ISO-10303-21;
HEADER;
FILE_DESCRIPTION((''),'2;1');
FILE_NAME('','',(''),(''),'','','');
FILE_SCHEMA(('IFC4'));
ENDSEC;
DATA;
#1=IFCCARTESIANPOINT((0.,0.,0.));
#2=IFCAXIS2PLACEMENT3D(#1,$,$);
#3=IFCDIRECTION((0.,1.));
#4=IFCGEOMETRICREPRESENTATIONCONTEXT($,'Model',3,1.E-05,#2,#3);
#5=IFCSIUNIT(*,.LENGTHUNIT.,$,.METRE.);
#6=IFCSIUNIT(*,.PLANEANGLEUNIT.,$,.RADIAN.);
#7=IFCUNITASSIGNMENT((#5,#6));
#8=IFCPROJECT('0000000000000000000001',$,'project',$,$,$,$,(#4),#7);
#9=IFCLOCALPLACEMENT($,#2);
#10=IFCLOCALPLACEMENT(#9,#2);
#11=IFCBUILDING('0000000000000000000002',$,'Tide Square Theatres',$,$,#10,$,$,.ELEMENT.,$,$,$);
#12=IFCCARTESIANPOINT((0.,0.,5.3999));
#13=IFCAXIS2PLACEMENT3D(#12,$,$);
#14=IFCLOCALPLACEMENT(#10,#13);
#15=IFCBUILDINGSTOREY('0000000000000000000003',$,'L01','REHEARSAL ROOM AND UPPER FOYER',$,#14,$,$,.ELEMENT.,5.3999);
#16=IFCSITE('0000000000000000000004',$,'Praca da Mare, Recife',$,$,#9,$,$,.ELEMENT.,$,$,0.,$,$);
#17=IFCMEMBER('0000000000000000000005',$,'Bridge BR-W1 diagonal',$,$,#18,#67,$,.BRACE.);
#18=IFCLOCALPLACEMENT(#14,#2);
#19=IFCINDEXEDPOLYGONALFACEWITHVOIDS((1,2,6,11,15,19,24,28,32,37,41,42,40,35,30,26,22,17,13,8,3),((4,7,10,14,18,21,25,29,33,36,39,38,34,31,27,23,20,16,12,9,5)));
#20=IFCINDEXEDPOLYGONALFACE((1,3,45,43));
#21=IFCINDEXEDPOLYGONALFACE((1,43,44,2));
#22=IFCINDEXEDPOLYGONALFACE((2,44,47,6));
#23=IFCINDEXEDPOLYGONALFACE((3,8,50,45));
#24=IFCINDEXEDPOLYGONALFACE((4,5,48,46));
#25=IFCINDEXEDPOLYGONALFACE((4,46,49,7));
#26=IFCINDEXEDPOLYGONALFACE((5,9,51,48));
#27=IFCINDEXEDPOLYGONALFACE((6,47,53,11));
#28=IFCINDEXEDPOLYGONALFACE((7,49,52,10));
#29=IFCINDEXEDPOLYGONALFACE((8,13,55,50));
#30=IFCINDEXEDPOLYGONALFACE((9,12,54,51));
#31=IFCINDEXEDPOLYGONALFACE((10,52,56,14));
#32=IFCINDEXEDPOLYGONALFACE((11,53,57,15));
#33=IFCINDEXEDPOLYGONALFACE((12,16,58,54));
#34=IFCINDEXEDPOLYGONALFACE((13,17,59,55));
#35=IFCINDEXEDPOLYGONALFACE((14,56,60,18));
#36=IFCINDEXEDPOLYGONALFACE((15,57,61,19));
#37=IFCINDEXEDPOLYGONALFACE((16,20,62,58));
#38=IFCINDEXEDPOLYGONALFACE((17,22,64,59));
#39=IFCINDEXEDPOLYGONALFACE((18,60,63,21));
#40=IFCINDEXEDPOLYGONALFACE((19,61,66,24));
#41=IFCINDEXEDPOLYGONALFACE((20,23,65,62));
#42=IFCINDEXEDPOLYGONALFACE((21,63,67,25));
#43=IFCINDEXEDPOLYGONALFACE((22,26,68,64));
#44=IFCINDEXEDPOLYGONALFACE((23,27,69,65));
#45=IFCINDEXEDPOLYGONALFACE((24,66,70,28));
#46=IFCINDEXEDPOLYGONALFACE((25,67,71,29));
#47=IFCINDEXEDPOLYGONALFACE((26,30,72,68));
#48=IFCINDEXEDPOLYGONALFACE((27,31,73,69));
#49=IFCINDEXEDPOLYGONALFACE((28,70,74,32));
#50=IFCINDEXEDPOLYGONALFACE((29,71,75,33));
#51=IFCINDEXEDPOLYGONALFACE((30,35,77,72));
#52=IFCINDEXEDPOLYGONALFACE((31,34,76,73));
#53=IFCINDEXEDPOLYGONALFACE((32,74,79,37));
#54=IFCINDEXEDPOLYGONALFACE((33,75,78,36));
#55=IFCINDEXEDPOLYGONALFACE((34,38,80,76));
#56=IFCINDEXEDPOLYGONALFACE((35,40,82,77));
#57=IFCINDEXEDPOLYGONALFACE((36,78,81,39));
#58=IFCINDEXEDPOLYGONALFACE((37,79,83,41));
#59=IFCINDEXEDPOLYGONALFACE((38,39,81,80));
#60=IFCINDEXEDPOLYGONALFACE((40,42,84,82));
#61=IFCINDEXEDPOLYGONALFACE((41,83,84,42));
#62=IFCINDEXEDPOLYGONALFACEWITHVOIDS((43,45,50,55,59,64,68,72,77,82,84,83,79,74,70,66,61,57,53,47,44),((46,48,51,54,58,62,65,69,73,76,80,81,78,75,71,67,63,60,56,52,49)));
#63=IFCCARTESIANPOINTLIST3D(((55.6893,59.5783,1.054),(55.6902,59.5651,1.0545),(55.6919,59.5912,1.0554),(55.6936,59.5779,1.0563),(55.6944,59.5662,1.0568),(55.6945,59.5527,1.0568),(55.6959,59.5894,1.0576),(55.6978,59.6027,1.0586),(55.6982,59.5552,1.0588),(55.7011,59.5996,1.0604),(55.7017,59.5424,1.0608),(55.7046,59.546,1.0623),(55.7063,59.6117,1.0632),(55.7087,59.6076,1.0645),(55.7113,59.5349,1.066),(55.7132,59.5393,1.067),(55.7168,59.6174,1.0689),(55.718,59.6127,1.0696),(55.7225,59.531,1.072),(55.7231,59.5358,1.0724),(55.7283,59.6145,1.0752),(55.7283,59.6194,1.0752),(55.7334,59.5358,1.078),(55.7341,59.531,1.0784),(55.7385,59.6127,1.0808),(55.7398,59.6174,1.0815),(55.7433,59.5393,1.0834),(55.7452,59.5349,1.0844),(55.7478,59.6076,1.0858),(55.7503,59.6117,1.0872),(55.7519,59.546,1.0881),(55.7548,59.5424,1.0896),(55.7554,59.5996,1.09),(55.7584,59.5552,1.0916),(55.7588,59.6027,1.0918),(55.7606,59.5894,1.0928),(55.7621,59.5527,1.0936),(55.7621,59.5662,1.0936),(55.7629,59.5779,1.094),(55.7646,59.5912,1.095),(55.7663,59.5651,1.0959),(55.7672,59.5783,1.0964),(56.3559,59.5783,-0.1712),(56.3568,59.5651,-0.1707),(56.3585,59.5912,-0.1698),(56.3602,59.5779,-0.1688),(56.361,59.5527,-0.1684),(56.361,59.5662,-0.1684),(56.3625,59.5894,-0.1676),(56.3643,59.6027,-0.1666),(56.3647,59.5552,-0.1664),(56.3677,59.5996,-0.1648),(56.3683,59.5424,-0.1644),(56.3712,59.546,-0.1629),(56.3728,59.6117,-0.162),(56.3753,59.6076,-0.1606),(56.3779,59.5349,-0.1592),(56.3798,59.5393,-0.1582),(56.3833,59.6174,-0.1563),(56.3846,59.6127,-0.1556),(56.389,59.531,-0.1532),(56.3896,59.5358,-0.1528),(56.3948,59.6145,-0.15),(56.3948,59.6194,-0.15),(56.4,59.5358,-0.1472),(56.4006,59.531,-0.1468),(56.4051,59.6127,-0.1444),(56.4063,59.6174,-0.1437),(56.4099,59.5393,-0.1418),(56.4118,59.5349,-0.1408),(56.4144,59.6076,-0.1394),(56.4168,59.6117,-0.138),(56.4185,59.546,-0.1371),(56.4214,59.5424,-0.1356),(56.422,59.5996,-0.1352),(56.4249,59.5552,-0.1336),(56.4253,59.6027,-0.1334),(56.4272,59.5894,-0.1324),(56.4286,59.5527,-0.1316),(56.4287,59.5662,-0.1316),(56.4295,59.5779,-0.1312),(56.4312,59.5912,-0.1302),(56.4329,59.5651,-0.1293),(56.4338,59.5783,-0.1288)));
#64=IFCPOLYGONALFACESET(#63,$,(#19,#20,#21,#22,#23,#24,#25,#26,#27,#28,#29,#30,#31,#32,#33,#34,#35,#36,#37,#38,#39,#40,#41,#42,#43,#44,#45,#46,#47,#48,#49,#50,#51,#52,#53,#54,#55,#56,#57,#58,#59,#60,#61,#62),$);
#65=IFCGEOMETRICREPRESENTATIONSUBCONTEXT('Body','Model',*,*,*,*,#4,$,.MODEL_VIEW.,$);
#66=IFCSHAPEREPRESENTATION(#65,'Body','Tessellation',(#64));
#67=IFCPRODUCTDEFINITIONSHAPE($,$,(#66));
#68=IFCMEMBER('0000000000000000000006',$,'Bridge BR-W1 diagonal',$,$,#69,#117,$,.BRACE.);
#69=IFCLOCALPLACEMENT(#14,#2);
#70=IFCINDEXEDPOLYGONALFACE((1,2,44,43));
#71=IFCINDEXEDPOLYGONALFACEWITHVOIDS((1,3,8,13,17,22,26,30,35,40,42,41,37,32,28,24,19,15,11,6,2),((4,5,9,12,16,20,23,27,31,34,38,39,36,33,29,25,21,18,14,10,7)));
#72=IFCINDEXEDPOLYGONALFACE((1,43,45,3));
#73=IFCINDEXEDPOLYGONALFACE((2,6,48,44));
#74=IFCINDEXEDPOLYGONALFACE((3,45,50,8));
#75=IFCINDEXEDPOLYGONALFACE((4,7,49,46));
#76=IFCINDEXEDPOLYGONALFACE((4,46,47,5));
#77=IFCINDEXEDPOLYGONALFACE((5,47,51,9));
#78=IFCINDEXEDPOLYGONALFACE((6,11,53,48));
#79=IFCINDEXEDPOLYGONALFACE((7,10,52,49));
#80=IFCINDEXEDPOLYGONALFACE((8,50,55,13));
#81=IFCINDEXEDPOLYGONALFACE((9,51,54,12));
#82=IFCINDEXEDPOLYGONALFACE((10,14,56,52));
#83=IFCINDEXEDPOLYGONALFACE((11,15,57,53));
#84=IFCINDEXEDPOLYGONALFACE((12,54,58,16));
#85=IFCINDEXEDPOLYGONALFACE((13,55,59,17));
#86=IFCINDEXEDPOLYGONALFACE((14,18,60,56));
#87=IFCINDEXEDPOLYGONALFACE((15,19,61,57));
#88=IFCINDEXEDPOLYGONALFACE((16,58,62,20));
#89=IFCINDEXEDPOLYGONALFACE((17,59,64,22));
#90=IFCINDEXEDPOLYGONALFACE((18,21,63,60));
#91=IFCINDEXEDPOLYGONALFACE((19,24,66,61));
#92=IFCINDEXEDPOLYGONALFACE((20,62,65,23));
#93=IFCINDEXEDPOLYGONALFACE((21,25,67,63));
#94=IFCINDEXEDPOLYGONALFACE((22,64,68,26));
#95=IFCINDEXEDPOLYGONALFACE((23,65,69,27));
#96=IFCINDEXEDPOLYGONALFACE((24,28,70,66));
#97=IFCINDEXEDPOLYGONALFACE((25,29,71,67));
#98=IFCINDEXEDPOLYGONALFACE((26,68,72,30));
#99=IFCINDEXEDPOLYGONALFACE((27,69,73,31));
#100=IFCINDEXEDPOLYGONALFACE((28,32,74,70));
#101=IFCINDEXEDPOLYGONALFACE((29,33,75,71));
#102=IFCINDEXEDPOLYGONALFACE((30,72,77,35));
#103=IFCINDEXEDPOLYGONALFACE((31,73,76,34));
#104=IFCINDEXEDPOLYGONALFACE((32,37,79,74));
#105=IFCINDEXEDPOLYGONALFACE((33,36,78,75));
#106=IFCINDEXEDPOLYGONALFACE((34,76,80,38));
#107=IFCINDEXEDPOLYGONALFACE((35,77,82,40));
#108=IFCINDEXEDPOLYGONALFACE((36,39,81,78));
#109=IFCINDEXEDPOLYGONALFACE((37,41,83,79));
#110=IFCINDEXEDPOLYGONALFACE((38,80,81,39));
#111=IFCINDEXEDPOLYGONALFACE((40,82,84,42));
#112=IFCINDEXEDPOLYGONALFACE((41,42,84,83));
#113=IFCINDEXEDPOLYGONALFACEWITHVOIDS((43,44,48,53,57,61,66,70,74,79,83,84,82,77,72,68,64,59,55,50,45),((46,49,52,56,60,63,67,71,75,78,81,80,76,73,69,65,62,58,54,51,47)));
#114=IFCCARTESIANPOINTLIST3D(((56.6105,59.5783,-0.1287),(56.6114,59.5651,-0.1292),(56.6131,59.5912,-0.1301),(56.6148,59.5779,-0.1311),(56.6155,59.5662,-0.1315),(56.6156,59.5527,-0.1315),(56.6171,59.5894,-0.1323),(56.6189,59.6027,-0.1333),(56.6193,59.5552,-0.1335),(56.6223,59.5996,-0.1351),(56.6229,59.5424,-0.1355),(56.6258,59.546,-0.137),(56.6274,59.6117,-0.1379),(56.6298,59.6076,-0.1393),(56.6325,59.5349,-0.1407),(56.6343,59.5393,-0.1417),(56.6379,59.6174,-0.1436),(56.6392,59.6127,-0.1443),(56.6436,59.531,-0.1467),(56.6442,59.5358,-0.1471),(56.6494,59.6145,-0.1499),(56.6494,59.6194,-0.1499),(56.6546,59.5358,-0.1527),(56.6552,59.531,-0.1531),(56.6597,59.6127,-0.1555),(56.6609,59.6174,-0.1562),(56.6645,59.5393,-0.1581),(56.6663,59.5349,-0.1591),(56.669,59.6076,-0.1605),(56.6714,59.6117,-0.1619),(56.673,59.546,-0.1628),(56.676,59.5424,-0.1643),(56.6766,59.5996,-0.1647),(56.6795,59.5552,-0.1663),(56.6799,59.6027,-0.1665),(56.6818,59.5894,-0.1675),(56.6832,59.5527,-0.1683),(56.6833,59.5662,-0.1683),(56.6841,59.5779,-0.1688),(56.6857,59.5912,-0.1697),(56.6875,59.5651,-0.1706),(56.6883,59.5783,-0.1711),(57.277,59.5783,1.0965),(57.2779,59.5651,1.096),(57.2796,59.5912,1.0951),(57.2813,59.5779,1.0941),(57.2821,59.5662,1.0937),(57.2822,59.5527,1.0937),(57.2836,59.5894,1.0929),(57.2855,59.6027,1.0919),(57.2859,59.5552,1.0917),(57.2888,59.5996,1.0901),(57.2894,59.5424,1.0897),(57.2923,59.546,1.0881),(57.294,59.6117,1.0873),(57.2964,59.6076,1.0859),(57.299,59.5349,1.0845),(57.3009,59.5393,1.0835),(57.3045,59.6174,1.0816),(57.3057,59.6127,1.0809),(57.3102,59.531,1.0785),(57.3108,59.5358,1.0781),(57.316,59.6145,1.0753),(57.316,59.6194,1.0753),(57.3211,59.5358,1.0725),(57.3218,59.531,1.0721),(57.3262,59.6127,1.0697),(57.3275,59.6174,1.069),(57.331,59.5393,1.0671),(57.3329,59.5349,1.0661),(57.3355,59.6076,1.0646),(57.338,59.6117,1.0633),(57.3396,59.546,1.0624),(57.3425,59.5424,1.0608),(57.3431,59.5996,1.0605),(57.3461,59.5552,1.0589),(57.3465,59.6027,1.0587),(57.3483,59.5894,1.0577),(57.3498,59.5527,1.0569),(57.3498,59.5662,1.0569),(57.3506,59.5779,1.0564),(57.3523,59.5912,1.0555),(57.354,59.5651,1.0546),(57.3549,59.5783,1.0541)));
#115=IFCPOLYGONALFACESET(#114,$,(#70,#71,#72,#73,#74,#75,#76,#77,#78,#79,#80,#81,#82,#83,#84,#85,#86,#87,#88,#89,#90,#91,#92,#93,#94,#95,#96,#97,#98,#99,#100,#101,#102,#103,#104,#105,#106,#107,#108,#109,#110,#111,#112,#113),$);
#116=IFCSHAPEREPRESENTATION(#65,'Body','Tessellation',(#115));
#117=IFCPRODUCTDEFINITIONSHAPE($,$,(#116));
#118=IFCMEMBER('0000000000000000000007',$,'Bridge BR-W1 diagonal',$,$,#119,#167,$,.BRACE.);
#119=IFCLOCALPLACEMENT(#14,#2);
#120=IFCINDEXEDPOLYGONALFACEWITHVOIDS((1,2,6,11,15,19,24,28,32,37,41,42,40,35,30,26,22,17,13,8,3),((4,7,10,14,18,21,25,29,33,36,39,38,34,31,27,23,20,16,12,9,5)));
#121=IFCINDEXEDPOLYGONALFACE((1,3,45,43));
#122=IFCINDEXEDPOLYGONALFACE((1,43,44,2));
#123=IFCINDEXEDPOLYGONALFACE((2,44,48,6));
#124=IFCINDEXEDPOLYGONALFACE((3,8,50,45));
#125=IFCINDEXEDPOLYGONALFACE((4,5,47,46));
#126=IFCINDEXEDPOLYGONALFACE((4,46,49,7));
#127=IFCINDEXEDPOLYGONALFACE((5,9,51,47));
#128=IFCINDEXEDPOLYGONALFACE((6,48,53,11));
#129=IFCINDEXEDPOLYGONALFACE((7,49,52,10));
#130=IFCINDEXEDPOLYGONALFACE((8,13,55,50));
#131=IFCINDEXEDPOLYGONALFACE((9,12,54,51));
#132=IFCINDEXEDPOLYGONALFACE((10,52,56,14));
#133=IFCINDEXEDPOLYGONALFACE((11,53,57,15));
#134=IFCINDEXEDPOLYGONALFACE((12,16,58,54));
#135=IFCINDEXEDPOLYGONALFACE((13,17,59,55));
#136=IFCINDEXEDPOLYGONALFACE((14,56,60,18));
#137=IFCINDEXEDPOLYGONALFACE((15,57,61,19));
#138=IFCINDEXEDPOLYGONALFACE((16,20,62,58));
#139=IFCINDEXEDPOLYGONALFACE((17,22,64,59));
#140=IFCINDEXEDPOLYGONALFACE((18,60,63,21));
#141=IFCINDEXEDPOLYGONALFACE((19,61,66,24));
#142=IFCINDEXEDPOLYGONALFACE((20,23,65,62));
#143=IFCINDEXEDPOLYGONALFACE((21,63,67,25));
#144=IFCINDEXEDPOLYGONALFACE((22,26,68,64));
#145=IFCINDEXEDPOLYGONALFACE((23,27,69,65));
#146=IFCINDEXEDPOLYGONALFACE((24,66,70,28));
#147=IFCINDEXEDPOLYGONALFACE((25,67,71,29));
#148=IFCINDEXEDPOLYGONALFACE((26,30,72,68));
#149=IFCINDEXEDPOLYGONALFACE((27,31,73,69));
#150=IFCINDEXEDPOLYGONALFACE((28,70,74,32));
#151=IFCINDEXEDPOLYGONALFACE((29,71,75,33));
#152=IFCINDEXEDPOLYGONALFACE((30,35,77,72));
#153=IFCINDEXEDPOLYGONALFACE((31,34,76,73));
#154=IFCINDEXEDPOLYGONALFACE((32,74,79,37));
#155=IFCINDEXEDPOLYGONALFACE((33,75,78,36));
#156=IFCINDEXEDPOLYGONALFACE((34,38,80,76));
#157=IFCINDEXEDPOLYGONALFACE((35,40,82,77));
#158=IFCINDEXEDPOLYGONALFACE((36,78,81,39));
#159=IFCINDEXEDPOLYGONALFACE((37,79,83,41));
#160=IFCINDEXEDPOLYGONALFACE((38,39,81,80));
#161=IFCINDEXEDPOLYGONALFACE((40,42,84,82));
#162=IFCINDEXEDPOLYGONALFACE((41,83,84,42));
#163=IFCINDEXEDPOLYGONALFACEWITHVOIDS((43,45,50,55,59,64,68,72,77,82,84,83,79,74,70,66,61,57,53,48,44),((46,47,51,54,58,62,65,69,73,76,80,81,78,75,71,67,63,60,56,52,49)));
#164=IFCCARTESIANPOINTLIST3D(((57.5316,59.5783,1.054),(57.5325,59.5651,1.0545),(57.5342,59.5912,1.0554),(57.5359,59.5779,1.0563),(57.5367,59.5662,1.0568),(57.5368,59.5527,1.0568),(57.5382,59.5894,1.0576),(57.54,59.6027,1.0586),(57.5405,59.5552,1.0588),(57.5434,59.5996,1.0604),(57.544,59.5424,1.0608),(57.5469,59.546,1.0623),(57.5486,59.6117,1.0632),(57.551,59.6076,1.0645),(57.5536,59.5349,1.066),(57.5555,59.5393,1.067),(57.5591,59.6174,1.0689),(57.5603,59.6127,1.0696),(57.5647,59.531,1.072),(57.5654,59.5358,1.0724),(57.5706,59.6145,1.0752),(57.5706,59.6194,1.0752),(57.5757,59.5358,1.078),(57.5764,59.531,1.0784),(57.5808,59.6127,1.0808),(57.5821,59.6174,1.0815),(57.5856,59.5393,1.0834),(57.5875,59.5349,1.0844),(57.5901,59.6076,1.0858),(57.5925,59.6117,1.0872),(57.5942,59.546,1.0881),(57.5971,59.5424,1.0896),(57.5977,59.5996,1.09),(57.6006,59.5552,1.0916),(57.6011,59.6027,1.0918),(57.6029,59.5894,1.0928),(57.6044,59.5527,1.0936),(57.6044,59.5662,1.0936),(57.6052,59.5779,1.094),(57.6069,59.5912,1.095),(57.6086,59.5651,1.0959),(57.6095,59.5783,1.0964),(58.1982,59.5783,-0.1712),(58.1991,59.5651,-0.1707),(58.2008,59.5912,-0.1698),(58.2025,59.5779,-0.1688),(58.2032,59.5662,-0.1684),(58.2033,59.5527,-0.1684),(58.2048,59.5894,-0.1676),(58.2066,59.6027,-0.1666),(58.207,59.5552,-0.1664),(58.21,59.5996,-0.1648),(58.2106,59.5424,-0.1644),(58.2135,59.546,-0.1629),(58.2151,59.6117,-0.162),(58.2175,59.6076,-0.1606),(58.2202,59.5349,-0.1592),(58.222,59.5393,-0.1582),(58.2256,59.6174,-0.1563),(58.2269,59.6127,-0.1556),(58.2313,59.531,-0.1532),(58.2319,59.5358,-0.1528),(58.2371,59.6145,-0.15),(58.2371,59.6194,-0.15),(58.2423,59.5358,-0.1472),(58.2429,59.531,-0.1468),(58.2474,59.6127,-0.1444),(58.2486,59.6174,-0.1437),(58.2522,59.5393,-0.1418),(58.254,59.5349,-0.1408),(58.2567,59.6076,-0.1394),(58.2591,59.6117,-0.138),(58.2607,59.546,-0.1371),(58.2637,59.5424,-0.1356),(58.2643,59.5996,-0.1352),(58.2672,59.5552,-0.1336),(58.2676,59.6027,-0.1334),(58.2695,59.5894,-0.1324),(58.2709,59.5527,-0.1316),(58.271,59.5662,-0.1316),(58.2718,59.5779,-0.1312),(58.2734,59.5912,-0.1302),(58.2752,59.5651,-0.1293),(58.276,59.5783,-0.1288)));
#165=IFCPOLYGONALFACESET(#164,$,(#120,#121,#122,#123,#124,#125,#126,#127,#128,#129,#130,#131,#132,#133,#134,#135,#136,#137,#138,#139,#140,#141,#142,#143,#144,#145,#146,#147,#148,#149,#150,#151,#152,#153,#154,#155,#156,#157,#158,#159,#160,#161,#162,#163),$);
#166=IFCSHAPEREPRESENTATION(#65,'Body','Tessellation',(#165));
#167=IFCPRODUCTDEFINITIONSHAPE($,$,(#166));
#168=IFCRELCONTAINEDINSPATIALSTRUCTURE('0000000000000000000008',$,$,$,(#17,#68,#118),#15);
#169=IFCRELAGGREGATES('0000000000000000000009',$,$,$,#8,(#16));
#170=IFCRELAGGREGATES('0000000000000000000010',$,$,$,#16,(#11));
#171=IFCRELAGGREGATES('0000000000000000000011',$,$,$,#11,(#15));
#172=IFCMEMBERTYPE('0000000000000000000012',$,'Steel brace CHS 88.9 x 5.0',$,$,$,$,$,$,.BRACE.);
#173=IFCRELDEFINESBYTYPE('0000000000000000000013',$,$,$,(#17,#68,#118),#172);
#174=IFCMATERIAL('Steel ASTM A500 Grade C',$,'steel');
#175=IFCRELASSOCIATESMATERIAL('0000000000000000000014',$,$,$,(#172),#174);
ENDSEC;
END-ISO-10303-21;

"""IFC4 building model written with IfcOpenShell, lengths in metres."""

from ifc_helpers import new_model, si_unit, direction, frame, origin, origin_2d, place, context, subcontext, project, spatial, hollow_circle, extrude, material, material_profile, profile_set, type_object, element, save


model = new_model("IFC4")

# Units and contexts
model_context = context("Model", 3, precision=1e-05, world=origin(), true_north=direction((0.0, 1.0)))
body_context = subcontext(model_context, "Body", "Model", "MODEL_VIEW")
ifc_project = project(units=[si_unit("LENGTHUNIT", "METRE"), si_unit("PLANEANGLEUNIT", "RADIAN")], contexts=[model_context])

# Site, building, storey
site_placement = place(None, origin())
site = spatial("IfcSite", under=ifc_project, at=site_placement, Name="Praca da Mare, Recife", CompositionType="ELEMENT", RefElevation=0.0)
building_placement = place(site_placement, origin())
building = spatial("IfcBuilding", under=site, at=building_placement, Name="Tide Square Theatres", CompositionType="ELEMENT")
storey_placement = place(building_placement, frame((0.0, 0.0, 5.3999)))
storey = spatial("IfcBuildingStorey", under=building, at=storey_placement, Name="L01", Description="REHEARSAL ROOM AND UPPER FOYER", CompositionType="ELEMENT", Elevation=5.3999)

# Members
ifc_material_1 = material(Name="Steel ASTM A500 Grade C", Category="steel")
ifc_material_profile_1 = material_profile(ifc_material_1, hollow_circle(Radius=0.0444, WallThickness=0.0049, at=origin_2d()))
ifc_profile_set_1 = profile_set([ifc_material_profile_1], Name="Steel ASTM A500 Grade C")
member_type_1 = type_object("IfcMemberType", Name="Steel brace CHS 88.9 x 5.0", PredefinedType="BRACE", material=ifc_profile_set_1)
for number, where, z_axis, x_axis, name in (
    (1, (55.7283, 59.575, 1.0752), (0.477895, 0.0, -0.878417), (0.0, 1.0, 0.0), "Bridge BR-W1 diagonal"),
    (2, (56.6494, 59.575, -0.1499), (0.477895, 0.0, 0.878417), (0.0, 1.0, 0.0), "Bridge BR-W1 diagonal"),
    (3, (57.5706, 59.575, 1.0752), (0.477895, 0.0, -0.878417), (0.0, 1.0, 0.0), "Bridge BR-W1 diagonal"),
):
    element("IfcMember", number, at=place(storey_placement, frame(where, z_axis=z_axis, x_axis=x_axis)), inside=storey, type_object=member_type_1, Name=name, PredefinedType="BRACE", context=body_context, shape_type="SweptSolid", body=[
        extrude(hollow_circle(Radius=0.0444, WallThickness=0.0049, at=origin_2d()), origin(), (0.0, 0.0, 1.0), 1.3948),
    ])

save(model, "model.ifc")
